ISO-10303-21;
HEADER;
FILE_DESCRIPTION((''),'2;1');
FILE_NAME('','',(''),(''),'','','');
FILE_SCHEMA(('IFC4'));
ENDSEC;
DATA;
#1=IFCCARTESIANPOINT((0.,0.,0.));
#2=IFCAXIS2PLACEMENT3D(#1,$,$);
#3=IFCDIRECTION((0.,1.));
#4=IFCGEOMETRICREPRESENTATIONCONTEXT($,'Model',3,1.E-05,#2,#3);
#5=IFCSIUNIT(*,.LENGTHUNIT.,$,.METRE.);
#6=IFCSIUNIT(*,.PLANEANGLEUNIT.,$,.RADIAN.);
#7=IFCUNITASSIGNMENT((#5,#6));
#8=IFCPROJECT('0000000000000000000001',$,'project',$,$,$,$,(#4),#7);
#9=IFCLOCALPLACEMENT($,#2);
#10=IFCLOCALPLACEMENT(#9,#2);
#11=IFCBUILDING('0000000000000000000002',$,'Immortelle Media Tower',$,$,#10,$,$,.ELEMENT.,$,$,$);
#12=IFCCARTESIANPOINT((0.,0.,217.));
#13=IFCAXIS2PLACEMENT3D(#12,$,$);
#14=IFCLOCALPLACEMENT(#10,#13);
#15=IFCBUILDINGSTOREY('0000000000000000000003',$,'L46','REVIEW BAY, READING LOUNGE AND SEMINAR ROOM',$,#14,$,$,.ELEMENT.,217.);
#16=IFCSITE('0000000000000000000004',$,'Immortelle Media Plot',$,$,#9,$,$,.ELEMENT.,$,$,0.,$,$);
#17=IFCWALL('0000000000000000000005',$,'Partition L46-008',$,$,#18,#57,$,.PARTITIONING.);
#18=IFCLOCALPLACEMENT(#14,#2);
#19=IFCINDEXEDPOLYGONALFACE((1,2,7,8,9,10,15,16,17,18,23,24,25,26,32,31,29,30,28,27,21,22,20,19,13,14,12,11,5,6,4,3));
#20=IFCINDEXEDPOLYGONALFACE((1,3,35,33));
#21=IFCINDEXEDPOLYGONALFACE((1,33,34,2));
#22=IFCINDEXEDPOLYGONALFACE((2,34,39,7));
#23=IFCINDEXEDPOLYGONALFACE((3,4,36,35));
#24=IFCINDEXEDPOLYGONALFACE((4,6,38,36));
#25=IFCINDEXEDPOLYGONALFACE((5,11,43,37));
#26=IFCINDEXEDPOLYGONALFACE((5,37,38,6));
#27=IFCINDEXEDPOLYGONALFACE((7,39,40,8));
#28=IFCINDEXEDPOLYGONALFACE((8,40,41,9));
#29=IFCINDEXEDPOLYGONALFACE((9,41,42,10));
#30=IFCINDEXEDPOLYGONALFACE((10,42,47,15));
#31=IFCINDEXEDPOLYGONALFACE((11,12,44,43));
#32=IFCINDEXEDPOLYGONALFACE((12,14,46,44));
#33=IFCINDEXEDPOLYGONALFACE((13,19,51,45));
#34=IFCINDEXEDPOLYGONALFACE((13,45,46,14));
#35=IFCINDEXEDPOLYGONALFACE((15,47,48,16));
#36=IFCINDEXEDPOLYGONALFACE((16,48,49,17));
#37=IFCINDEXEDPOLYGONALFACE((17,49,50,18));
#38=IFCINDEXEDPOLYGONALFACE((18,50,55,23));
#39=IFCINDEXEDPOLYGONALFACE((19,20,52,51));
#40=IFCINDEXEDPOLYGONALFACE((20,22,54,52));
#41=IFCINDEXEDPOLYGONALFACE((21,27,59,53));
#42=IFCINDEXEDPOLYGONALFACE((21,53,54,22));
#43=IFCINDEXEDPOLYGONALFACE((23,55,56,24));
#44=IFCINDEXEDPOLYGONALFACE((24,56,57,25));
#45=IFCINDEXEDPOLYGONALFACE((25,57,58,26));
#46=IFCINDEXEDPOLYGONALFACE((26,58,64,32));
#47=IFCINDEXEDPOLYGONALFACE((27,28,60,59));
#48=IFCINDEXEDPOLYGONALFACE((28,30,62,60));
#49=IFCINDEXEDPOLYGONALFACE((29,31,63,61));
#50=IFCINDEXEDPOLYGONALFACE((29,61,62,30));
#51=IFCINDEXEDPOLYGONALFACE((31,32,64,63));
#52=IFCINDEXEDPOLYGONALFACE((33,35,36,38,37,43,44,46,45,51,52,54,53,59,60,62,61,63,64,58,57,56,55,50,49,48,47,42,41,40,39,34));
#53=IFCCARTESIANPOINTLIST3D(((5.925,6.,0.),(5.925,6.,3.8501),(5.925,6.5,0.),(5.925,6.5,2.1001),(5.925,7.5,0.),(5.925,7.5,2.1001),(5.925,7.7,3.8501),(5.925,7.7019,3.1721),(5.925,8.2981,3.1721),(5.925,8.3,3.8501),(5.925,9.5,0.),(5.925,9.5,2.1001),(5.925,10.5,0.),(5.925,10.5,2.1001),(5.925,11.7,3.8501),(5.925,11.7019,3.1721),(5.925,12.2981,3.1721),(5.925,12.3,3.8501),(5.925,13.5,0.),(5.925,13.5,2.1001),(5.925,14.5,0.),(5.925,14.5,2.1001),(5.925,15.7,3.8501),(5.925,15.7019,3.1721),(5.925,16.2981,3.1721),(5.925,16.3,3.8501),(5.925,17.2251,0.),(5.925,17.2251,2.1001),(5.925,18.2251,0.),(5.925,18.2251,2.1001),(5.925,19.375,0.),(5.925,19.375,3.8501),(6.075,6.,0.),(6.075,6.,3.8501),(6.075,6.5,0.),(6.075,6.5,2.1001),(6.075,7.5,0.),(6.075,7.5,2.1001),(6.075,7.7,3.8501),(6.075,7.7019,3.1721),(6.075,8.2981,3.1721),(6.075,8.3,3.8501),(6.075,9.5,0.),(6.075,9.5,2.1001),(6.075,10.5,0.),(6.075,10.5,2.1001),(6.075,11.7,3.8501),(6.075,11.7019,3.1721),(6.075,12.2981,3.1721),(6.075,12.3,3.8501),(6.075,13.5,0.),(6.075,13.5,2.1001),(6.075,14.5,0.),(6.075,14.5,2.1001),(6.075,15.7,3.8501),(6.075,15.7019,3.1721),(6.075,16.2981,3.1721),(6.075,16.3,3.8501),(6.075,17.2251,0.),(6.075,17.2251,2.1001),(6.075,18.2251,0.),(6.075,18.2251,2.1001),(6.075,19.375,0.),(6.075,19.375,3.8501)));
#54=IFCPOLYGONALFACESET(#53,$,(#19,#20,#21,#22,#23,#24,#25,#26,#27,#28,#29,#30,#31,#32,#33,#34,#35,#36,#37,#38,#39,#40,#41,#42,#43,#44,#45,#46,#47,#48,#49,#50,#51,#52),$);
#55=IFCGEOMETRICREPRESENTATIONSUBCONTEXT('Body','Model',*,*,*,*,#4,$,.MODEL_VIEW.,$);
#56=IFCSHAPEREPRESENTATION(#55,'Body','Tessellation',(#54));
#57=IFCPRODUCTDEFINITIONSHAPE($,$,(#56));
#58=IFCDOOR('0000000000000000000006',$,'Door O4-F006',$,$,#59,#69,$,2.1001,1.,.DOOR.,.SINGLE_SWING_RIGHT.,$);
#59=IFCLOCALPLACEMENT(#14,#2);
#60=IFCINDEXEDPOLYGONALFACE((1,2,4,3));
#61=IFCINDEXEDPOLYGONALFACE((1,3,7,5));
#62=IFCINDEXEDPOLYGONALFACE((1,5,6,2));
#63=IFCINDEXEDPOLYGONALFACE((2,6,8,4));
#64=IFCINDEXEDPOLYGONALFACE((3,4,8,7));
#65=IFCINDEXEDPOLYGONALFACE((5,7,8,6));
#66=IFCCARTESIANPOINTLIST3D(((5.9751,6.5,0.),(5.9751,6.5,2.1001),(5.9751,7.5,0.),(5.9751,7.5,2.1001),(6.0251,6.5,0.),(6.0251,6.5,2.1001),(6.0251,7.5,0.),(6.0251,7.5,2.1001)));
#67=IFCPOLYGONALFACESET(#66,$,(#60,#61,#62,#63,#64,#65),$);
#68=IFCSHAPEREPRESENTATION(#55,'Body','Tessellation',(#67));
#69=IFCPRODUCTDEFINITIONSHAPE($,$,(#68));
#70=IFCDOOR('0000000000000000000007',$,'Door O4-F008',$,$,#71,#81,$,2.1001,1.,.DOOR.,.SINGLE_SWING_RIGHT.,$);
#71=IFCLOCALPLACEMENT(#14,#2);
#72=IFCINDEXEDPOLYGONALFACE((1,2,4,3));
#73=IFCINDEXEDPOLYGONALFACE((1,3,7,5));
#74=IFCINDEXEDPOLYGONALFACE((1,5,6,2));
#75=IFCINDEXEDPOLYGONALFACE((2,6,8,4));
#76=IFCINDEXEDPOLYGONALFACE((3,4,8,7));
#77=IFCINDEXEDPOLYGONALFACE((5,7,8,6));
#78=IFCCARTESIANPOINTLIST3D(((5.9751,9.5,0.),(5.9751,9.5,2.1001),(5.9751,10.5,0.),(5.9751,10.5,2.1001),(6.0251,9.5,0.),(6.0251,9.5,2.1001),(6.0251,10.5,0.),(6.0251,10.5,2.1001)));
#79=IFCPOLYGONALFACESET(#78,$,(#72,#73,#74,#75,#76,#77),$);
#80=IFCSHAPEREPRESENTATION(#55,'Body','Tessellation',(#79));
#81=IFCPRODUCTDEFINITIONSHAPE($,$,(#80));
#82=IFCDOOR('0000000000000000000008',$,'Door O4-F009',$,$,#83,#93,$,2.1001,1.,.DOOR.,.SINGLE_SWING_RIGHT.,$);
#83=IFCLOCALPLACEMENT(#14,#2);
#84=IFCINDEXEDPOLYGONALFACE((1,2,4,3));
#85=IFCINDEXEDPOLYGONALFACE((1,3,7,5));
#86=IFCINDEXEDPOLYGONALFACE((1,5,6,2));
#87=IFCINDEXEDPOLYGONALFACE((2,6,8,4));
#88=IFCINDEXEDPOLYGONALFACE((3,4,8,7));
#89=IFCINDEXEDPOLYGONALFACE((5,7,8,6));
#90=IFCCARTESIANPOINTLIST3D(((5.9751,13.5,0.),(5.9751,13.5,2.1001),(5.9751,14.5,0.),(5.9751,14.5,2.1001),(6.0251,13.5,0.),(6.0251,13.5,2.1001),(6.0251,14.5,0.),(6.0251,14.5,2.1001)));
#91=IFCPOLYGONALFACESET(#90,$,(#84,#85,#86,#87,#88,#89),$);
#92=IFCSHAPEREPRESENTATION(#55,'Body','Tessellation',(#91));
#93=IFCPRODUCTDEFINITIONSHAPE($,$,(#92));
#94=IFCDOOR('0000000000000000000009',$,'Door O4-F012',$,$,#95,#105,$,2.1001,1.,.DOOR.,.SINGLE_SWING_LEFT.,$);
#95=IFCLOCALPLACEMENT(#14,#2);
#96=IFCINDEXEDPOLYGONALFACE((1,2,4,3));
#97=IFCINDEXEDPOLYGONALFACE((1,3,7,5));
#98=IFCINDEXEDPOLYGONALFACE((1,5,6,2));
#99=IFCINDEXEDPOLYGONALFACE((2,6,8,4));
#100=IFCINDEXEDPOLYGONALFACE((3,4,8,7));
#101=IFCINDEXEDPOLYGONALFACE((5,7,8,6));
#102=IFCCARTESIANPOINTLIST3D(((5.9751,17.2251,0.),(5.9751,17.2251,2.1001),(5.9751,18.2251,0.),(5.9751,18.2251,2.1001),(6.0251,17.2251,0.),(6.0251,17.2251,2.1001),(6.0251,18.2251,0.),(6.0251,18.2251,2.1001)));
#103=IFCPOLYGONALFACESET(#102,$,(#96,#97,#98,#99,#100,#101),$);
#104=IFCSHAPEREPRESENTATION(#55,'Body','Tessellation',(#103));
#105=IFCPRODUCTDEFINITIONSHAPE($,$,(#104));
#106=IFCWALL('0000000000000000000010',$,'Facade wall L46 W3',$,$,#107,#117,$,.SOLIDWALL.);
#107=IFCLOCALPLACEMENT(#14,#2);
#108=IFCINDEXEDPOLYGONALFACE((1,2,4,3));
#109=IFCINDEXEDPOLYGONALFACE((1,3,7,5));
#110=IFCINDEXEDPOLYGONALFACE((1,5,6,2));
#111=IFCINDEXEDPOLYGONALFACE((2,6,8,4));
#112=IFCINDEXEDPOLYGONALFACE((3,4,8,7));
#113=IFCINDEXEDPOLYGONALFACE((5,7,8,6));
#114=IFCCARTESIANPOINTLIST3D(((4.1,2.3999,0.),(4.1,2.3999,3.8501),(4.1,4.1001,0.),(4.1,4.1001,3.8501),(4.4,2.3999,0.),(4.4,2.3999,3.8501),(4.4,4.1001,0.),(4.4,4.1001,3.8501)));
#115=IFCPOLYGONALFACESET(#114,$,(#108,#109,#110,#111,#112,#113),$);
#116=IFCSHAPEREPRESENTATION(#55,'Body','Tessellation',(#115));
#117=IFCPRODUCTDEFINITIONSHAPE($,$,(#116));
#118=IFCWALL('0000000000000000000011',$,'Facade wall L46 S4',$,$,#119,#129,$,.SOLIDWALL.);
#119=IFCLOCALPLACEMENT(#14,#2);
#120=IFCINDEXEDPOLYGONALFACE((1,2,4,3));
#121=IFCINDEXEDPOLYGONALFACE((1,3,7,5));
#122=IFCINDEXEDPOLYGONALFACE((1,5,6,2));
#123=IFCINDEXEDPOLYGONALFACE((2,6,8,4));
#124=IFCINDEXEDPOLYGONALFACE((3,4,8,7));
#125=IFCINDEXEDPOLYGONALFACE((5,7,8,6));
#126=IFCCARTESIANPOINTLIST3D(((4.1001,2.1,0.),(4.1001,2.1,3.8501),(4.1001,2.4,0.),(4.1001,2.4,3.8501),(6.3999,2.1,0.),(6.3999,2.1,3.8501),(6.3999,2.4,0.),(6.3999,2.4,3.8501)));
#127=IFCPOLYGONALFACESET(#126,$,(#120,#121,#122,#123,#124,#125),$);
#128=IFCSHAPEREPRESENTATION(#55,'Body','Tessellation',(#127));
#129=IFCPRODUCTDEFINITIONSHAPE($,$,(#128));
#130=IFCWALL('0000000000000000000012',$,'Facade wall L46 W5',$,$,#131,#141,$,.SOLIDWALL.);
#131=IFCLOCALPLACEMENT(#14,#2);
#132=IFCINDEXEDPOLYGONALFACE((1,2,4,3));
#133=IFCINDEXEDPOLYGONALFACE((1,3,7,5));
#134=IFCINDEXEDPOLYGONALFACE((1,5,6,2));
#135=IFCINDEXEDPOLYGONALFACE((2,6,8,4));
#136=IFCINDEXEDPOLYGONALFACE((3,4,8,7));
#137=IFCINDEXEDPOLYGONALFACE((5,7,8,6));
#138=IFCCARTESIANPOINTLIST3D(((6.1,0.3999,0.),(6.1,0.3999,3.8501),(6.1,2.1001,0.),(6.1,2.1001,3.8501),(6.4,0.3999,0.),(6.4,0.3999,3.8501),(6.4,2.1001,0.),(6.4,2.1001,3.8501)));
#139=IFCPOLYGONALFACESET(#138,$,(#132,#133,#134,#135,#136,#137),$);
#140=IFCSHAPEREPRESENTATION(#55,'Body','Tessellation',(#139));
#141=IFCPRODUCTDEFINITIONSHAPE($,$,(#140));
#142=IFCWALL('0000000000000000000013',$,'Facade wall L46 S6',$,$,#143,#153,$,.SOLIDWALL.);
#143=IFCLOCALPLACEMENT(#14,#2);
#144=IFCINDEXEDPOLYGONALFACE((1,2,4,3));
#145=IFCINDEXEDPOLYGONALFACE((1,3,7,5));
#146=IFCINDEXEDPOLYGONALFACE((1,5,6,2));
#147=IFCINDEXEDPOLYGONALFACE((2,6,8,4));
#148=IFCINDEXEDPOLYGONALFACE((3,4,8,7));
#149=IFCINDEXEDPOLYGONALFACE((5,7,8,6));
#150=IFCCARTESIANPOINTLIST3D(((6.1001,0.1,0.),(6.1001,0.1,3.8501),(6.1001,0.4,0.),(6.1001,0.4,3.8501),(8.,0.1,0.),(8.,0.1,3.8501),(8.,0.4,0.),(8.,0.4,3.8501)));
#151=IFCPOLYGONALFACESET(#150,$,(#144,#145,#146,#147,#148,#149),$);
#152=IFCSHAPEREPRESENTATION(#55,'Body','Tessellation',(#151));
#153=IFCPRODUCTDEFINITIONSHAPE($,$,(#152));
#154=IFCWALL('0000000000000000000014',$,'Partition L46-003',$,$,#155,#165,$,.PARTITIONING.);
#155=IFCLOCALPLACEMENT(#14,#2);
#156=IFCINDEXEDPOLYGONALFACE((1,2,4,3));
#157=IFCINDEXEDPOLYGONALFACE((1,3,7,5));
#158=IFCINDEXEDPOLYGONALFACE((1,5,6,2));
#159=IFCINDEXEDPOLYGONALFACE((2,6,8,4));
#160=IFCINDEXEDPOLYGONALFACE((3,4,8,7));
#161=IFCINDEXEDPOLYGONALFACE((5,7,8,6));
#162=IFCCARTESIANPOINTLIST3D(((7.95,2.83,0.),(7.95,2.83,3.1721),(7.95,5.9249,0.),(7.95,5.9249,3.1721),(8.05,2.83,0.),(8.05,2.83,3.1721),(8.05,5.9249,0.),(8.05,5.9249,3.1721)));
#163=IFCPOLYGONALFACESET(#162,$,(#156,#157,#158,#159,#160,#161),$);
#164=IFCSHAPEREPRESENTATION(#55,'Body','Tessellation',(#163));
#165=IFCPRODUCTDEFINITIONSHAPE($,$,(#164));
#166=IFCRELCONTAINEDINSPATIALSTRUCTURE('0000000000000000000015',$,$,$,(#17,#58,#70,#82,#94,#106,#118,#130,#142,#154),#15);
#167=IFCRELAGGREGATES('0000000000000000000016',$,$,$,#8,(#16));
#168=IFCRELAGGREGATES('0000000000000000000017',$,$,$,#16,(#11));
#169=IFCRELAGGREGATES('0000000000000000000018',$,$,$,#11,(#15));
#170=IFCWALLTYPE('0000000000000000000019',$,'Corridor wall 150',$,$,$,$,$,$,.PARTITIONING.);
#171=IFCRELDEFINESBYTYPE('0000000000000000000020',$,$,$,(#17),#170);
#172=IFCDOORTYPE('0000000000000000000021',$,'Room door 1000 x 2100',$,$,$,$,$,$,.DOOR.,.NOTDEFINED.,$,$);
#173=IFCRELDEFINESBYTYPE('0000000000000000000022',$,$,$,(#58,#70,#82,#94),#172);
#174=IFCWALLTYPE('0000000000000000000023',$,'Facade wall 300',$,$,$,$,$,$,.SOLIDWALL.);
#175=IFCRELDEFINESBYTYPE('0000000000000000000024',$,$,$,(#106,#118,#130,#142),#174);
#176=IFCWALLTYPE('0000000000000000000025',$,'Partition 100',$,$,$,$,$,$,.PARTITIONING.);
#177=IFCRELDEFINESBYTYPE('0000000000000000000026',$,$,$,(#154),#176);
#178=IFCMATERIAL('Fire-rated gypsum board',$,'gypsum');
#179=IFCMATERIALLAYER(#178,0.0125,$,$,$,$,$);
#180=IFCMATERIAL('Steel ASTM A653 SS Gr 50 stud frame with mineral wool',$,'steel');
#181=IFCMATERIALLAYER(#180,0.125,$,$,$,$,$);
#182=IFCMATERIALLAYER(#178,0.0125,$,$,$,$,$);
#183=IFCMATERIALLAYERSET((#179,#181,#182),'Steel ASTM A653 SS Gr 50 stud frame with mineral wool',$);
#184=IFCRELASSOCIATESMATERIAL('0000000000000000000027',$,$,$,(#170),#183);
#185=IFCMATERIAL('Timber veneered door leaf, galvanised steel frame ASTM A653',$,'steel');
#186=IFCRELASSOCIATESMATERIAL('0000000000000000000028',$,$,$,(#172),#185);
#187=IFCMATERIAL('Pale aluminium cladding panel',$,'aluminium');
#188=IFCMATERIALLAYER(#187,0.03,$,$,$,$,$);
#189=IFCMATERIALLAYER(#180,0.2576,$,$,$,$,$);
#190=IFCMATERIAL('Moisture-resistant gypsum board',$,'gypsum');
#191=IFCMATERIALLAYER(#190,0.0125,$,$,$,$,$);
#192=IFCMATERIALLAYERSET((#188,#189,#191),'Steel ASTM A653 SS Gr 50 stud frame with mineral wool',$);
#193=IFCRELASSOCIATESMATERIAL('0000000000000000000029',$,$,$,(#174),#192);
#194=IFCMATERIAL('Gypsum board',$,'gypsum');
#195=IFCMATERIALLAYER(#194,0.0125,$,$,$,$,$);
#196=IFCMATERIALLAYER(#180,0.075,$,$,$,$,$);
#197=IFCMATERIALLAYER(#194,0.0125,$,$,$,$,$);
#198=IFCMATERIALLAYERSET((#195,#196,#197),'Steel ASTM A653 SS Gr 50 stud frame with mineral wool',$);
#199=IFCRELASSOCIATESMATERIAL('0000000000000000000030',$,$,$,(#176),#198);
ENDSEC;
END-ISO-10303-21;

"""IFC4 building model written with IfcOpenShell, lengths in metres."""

from ifc_helpers import new_model, si_unit, direction, frame, frame_2d, origin, place, context, subcontext, project, spatial, polyline, rectangle, outline, extrude, material, layer, layer_set, type_object, element, fill, save


model = new_model("IFC4")

# Units and contexts
model_context = context("Model", 3, precision=1e-05, world=origin(), true_north=direction((0.0, 1.0)))
body_context = subcontext(model_context, "Body", "Model", "MODEL_VIEW")
ifc_project = project(units=[si_unit("LENGTHUNIT", "METRE"), si_unit("PLANEANGLEUNIT", "RADIAN")], contexts=[model_context])

# Site, building, storey
site_placement = place(None, origin())
site = spatial("IfcSite", under=ifc_project, at=site_placement, Name="Immortelle Media Plot", CompositionType="ELEMENT", RefElevation=0.0)
building_placement = place(site_placement, origin())
building = spatial("IfcBuilding", under=site, at=building_placement, Name="Immortelle Media Tower", CompositionType="ELEMENT")
storey_placement = place(building_placement, frame((0.0, 0.0, 217.0)))
storey = spatial("IfcBuildingStorey", under=building, at=storey_placement, Name="L46", Description="REVIEW BAY, READING LOUNGE AND SEMINAR ROOM", CompositionType="ELEMENT", Elevation=217.0)

# Wall, openings, doors
ifc_material_1 = material(Name="Fire-rated gypsum board", Category="gypsum")
ifc_layer_1 = layer(ifc_material_1, 0.0125)
ifc_material_2 = material(Name="Steel ASTM A653 SS Gr 50 stud frame with mineral wool", Category="steel")
ifc_layer_2 = layer(ifc_material_2, 0.125)
ifc_layer_3 = layer(ifc_material_1, 0.0125)
ifc_layer_set_1 = layer_set([ifc_layer_1, ifc_layer_2, ifc_layer_3], Name="Steel ASTM A653 SS Gr 50 stud frame with mineral wool")
wall_type_1 = type_object("IfcWallType", Name="Corridor wall 150", PredefinedType="PARTITIONING", material=ifc_layer_set_1)
ifc_material_3 = material(Name="Timber veneered door leaf, galvanised steel frame ASTM A653", Category="steel")
door_type = type_object("IfcDoorType", Name="Room door 1000 x 2100", OperationType="NOTDEFINED", PredefinedType="DOOR", material=ifc_material_3)
wall_1_placement = place(storey_placement, frame((6.0, 6.0, 0.0), z_axis=(0.0, 0.0, 1.0), x_axis=(0.0, 1.0, 0.0)))
wall_1 = element("IfcWall", 1, at=wall_1_placement, inside=storey, type_object=wall_type_1, Name="Partition L46-008", PredefinedType="PARTITIONING", context=body_context, shape_type="SweptSolid", body=[
    extrude(outline(polyline([(0.0, 0.0), (13.375, 0.0), (13.375, 3.8501), (10.3, 3.8501), (10.2981, 3.1721), (9.7019, 3.1721), (9.7, 3.8501), (6.3, 3.8501), (6.2981, 3.1721), (5.7019, 3.1721), (5.7, 3.8501), (2.3, 3.8501), (2.2981, 3.1721), (1.7019, 3.1721), (1.7, 3.8501), (0.0, 3.8501), (0.0, 0.0)])), frame((0.0, 0.075, 0.0), z_axis=(0.0, -1.0, 0.0), x_axis=(1.0, 0.0, 0.0)), (0.0, 0.0, 1.0), 0.1499),
])
opening_1_placement = place(wall_1_placement, frame((0.5, 0.0, 0.0)))
opening_1 = element("IfcOpeningElement", 2, at=opening_1_placement, cuts=wall_1, PredefinedType="OPENING", context=body_context, shape_type="SweptSolid", body=[
    extrude(rectangle(XDim=1.0, YDim=2.1001, at=frame_2d((0.5, 1.05))), frame((0.0, 0.085, 0.0), z_axis=(0.0, -1.0, 0.0), x_axis=(1.0, 0.0, 0.0)), (0.0, 0.0, 1.0), 0.1699),
])
opening_2_placement = place(wall_1_placement, frame((3.5, 0.0, 0.0)))
opening_2 = element("IfcOpeningElement", 3, at=opening_2_placement, cuts=wall_1, PredefinedType="OPENING", context=body_context, shape_type="SweptSolid", body=[
    extrude(rectangle(XDim=1.0, YDim=2.1001, at=frame_2d((0.5, 1.05))), frame((0.0, 0.085, 0.0), z_axis=(0.0, -1.0, 0.0), x_axis=(1.0, 0.0, 0.0)), (0.0, 0.0, 1.0), 0.1699),
])
opening_3_placement = place(wall_1_placement, frame((7.5, 0.0, 0.0)))
opening_3 = element("IfcOpeningElement", 4, at=opening_3_placement, cuts=wall_1, PredefinedType="OPENING", context=body_context, shape_type="SweptSolid", body=[
    extrude(rectangle(XDim=1.0, YDim=2.1001, at=frame_2d((0.5, 1.05))), frame((0.0, 0.085, 0.0), z_axis=(0.0, -1.0, 0.0), x_axis=(1.0, 0.0, 0.0)), (0.0, 0.0, 1.0), 0.1699),
])
opening_4_placement = place(wall_1_placement, frame((11.2251, 0.0, 0.0)))
opening_4 = element("IfcOpeningElement", 5, at=opening_4_placement, cuts=wall_1, PredefinedType="OPENING", context=body_context, shape_type="SweptSolid", body=[
    extrude(rectangle(XDim=1.0, YDim=2.1001, at=frame_2d((0.5, 1.05))), frame((0.0, 0.085, 0.0), z_axis=(0.0, -1.0, 0.0), x_axis=(1.0, 0.0, 0.0)), (0.0, 0.0, 1.0), 0.1699),
])
door_1_placement = place(opening_1_placement, origin())
door_1 = element("IfcDoor", 6, at=door_1_placement, inside=storey, type_object=door_type, Name="Door O4-F006", OperationType="SINGLE_SWING_RIGHT", OverallHeight=2.1001, OverallWidth=1.0, PredefinedType="DOOR", context=body_context, shape_type="SweptSolid", body=[
    extrude(rectangle(XDim=1.0, YDim=2.1001, at=frame_2d((0.5, 1.05))), frame((0.0, 0.0249, 0.0), z_axis=(0.0, -1.0, 0.0), x_axis=(1.0, 0.0, 0.0)), (0.0, 0.0, 1.0), 0.05),
])
fill(opening_1, door_1)
door_2_placement = place(opening_2_placement, origin())
door_2 = element("IfcDoor", 7, at=door_2_placement, inside=storey, type_object=door_type, Name="Door O4-F008", OperationType="SINGLE_SWING_RIGHT", OverallHeight=2.1001, OverallWidth=1.0, PredefinedType="DOOR", context=body_context, shape_type="SweptSolid", body=[
    extrude(rectangle(XDim=1.0, YDim=2.1001, at=frame_2d((0.5, 1.05))), frame((0.0, 0.0249, 0.0), z_axis=(0.0, -1.0, 0.0), x_axis=(1.0, 0.0, 0.0)), (0.0, 0.0, 1.0), 0.05),
])
fill(opening_2, door_2)
door_3_placement = place(opening_3_placement, origin())
door_3 = element("IfcDoor", 8, at=door_3_placement, inside=storey, type_object=door_type, Name="Door O4-F009", OperationType="SINGLE_SWING_RIGHT", OverallHeight=2.1001, OverallWidth=1.0, PredefinedType="DOOR", context=body_context, shape_type="SweptSolid", body=[
    extrude(rectangle(XDim=1.0, YDim=2.1001, at=frame_2d((0.5, 1.05))), frame((0.0, 0.0249, 0.0), z_axis=(0.0, -1.0, 0.0), x_axis=(1.0, 0.0, 0.0)), (0.0, 0.0, 1.0), 0.05),
])
fill(opening_3, door_3)
door_4_placement = place(opening_4_placement, origin())
door_4 = element("IfcDoor", 9, at=door_4_placement, inside=storey, type_object=door_type, Name="Door O4-F012", OperationType="SINGLE_SWING_LEFT", OverallHeight=2.1001, OverallWidth=1.0, PredefinedType="DOOR", context=body_context, shape_type="SweptSolid", body=[
    extrude(rectangle(XDim=1.0, YDim=2.1001, at=frame_2d((0.5, 1.05))), frame((0.0, 0.0249, 0.0), z_axis=(0.0, -1.0, 0.0), x_axis=(1.0, 0.0, 0.0)), (0.0, 0.0, 1.0), 0.05),
])
fill(opening_4, door_4)

# Walls
ifc_material_4 = material(Name="Pale aluminium cladding panel", Category="aluminium")
ifc_layer_4 = layer(ifc_material_4, 0.03)
ifc_layer_5 = layer(ifc_material_2, 0.2576)
ifc_material_5 = material(Name="Moisture-resistant gypsum board", Category="gypsum")
ifc_layer_6 = layer(ifc_material_5, 0.0125)
ifc_layer_set_2 = layer_set([ifc_layer_4, ifc_layer_5, ifc_layer_6], Name="Steel ASTM A653 SS Gr 50 stud frame with mineral wool")
wall_type_2 = type_object("IfcWallType", Name="Facade wall 300", PredefinedType="SOLIDWALL", material=ifc_layer_set_2)
wall_2_placement = place(storey_placement, frame((4.25, 4.1001, 0.0), z_axis=(0.0, 0.0, 1.0), x_axis=(0.0, -1.0, 0.0)))
element("IfcWall", 10, at=wall_2_placement, inside=storey, type_object=wall_type_2, Name="Facade wall L46 W3", PredefinedType="SOLIDWALL", context=body_context, shape_type="SweptSolid", body=[
    extrude(rectangle(XDim=1.7002, YDim=0.3, at=frame_2d((0.8501, 0.0))), origin(), (0.0, 0.0, 1.0), 3.8501),
])
wall_3_placement = place(storey_placement, frame((4.1001, 2.25, 0.0), z_axis=(0.0, 0.0, 1.0), x_axis=(1.0, 0.0, 0.0)))
element("IfcWall", 11, at=wall_3_placement, inside=storey, type_object=wall_type_2, Name="Facade wall L46 S4", PredefinedType="SOLIDWALL", context=body_context, shape_type="SweptSolid", body=[
    extrude(rectangle(XDim=2.2998, YDim=0.3, at=frame_2d((1.1499, 0.0))), origin(), (0.0, 0.0, 1.0), 3.8501),
])
wall_4_placement = place(storey_placement, frame((6.25, 2.1001, 0.0), z_axis=(0.0, 0.0, 1.0), x_axis=(0.0, -1.0, 0.0)))
element("IfcWall", 12, at=wall_4_placement, inside=storey, type_object=wall_type_2, Name="Facade wall L46 W5", PredefinedType="SOLIDWALL", context=body_context, shape_type="SweptSolid", body=[
    extrude(rectangle(XDim=1.7002, YDim=0.3, at=frame_2d((0.8501, 0.0))), origin(), (0.0, 0.0, 1.0), 3.8501),
])
wall_5_placement = place(storey_placement, frame((6.1001, 0.25, 0.0), z_axis=(0.0, 0.0, 1.0), x_axis=(1.0, 0.0, 0.0)))
element("IfcWall", 13, at=wall_5_placement, inside=storey, type_object=wall_type_2, Name="Facade wall L46 S6", PredefinedType="SOLIDWALL", context=body_context, shape_type="SweptSolid", body=[
    extrude(rectangle(XDim=1.8999, YDim=0.3, at=frame_2d((0.95, 0.0))), origin(), (0.0, 0.0, 1.0), 3.8501),
])
ifc_material_6 = material(Name="Gypsum board", Category="gypsum")
ifc_layer_7 = layer(ifc_material_6, 0.0125)
ifc_layer_8 = layer(ifc_material_2, 0.075)
ifc_layer_9 = layer(ifc_material_6, 0.0125)
ifc_layer_set_3 = layer_set([ifc_layer_7, ifc_layer_8, ifc_layer_9], Name="Steel ASTM A653 SS Gr 50 stud frame with mineral wool")
wall_type_3 = type_object("IfcWallType", Name="Partition 100", PredefinedType="PARTITIONING", material=ifc_layer_set_3)
for number, where, z_axis, x_axis, name in (
    (14, (8.0, 2.8301, 0.0), (0.0, 0.0, 1.0), (0.0, 1.0, 0.0), "Partition L46-003"),
):
    element("IfcWall", number, at=place(storey_placement, frame(where, z_axis=z_axis, x_axis=x_axis)), inside=storey, type_object=wall_type_3, Name=name, PredefinedType="PARTITIONING", context=body_context, shape_type="SweptSolid", body=[
        extrude(rectangle(XDim=3.095, YDim=0.1001, at=frame_2d((1.5474, 0.0))), origin(), (0.0, 0.0, 1.0), 3.1721),
    ])

save(model, "model.ifc")
